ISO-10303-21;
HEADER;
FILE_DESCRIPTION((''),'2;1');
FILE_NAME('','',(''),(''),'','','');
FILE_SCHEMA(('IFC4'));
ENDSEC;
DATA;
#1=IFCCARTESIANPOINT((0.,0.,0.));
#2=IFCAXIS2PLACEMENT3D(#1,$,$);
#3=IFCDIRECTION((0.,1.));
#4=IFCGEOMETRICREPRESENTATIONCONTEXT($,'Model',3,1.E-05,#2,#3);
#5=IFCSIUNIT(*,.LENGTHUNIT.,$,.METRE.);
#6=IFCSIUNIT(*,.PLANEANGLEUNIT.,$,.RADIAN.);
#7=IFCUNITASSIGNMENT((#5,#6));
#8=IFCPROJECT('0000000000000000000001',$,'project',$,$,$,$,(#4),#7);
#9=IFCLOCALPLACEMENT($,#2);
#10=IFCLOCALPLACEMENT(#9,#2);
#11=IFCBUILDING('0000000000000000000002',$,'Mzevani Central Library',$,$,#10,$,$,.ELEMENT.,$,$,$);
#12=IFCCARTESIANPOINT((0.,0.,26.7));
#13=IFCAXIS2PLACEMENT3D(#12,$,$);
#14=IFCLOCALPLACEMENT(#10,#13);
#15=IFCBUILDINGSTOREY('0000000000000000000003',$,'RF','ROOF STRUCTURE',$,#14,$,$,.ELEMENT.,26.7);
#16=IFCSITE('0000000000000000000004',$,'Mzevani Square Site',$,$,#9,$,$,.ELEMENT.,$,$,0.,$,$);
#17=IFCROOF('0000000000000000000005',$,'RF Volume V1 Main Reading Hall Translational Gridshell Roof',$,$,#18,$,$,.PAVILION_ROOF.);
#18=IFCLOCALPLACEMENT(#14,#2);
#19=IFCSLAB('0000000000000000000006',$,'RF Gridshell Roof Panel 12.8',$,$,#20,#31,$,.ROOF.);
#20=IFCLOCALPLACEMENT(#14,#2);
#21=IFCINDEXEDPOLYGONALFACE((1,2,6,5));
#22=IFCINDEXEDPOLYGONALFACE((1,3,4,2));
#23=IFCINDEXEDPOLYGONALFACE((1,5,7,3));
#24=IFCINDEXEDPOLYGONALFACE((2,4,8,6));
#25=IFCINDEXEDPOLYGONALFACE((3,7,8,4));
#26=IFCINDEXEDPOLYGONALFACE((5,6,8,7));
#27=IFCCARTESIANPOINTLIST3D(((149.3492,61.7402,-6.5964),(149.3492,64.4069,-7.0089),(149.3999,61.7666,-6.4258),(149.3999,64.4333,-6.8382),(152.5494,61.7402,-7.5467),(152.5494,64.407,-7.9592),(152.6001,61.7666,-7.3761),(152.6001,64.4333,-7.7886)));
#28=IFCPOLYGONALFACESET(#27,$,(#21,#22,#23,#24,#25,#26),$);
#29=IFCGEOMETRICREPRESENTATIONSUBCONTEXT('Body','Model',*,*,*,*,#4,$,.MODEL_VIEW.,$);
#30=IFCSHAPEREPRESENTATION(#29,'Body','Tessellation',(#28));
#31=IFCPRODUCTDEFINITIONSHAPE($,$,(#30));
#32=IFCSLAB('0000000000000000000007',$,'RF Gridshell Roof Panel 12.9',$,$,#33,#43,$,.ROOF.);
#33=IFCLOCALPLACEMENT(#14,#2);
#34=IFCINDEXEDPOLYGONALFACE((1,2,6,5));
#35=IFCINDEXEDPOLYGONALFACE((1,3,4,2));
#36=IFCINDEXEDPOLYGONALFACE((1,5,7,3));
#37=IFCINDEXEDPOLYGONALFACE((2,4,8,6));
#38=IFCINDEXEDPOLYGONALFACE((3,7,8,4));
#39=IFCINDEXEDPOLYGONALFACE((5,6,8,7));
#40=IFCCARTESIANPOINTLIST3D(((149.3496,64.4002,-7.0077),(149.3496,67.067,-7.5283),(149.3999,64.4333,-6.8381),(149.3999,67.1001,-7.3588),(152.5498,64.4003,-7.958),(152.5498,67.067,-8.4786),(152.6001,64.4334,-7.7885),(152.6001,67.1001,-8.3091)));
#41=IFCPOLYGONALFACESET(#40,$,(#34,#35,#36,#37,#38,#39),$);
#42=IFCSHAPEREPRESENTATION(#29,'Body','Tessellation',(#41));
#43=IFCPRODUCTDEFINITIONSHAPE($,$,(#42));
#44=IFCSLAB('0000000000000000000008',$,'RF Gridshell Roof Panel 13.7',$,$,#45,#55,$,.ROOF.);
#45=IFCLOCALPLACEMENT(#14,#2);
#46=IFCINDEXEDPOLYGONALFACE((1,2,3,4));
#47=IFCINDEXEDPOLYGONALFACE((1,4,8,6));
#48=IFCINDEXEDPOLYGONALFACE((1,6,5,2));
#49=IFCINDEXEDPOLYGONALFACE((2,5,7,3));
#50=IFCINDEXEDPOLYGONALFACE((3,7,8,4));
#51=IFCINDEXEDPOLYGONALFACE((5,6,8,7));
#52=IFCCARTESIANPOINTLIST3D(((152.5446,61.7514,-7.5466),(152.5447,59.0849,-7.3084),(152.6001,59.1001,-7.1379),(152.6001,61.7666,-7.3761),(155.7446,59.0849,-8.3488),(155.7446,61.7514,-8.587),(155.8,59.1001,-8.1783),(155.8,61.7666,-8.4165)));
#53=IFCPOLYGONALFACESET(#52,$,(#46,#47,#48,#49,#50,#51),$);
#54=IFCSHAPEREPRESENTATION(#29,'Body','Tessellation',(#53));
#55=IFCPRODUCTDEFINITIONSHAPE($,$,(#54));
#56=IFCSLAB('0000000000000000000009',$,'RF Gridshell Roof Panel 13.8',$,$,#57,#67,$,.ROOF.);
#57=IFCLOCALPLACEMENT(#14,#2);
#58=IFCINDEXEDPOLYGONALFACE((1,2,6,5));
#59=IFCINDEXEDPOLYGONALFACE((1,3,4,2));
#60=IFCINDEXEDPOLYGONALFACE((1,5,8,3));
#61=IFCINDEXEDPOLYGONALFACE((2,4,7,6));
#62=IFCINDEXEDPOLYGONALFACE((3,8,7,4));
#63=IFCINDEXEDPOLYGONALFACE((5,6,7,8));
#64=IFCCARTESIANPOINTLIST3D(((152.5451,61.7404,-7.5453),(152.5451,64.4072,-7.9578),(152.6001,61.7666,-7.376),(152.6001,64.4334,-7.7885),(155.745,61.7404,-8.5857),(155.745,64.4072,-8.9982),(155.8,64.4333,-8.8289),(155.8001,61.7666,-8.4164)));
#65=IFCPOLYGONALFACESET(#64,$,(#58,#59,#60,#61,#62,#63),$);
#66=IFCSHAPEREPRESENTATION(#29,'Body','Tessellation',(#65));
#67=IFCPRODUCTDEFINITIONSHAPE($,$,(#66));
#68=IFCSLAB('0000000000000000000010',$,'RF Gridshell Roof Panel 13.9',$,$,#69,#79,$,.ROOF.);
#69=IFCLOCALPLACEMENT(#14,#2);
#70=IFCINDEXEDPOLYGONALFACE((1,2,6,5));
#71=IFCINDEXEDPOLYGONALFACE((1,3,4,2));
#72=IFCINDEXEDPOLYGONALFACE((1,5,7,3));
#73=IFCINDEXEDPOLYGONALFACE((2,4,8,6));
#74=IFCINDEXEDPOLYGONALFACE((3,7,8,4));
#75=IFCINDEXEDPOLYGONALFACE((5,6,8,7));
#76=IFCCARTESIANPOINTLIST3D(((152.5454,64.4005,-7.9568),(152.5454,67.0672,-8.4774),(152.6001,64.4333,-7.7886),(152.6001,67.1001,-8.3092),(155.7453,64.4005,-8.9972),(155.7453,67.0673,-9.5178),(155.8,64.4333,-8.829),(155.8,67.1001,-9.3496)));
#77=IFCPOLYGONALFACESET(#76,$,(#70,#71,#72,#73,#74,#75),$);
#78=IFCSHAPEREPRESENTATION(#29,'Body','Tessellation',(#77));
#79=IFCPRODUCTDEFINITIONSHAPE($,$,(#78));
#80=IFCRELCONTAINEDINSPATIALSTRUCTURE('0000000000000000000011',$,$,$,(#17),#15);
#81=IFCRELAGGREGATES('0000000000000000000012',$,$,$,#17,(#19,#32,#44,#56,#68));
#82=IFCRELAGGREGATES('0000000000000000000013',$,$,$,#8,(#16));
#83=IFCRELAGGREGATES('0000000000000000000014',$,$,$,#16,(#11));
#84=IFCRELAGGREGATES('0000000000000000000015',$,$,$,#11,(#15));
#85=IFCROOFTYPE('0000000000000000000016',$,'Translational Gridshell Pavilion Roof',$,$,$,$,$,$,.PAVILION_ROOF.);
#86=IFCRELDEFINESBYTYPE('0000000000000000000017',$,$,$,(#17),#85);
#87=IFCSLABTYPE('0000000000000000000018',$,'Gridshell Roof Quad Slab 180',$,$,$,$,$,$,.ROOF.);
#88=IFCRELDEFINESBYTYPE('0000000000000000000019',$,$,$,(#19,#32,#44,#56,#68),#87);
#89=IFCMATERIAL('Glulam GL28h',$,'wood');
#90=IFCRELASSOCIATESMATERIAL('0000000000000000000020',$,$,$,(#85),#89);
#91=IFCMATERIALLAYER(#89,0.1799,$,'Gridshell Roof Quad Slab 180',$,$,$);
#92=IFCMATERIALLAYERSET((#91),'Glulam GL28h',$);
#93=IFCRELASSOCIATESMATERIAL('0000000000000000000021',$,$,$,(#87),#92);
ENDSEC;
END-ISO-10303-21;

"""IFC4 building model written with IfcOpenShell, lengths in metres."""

from ifc_helpers import new_model, si_unit, direction, frame, origin, place, context, subcontext, project, spatial, polyline, outline, extrude, material, layer, layer_set, type_object, element, aggregate, save


model = new_model("IFC4")

# Units and contexts
model_context = context("Model", 3, precision=1e-05, world=origin(), true_north=direction((0.0, 1.0)))
body_context = subcontext(model_context, "Body", "Model", "MODEL_VIEW")
ifc_project = project(units=[si_unit("LENGTHUNIT", "METRE"), si_unit("PLANEANGLEUNIT", "RADIAN")], contexts=[model_context])

# Site, building, storey
site_placement = place(None, origin())
site = spatial("IfcSite", under=ifc_project, at=site_placement, Name="Mzevani Square Site", CompositionType="ELEMENT", RefElevation=0.0)
building_placement = place(site_placement, origin())
building = spatial("IfcBuilding", under=site, at=building_placement, Name="Mzevani Central Library", CompositionType="ELEMENT")
storey_placement = place(building_placement, frame((0.0, 0.0, 26.7)))
storey = spatial("IfcBuildingStorey", under=building, at=storey_placement, Name="RF", Description="ROOF STRUCTURE", CompositionType="ELEMENT", Elevation=26.7)

# Shared definitions
ifc_material_1 = material(Name="Glulam GL28h", Category="wood")

# Roof, slabs
roof_type = type_object("IfcRoofType", Name="Translational Gridshell Pavilion Roof", PredefinedType="PAVILION_ROOF", material=ifc_material_1)
roof_placement = place(storey_placement, origin())
roof = element("IfcRoof", 1, at=roof_placement, inside=storey, type_object=roof_type, Name="RF Volume V1 Main Reading Hall Translational Gridshell Roof", PredefinedType="PAVILION_ROOF")
ifc_layer_1 = layer(ifc_material_1, 0.1799, Name="Gridshell Roof Quad Slab 180")
ifc_layer_set_1 = layer_set([ifc_layer_1], Name="Glulam GL28h")
slab_type = type_object("IfcSlabType", Name="Gridshell Roof Quad Slab 180", PredefinedType="ROOF", material=ifc_layer_set_1)
slab_1_placement = place(storey_placement, frame((149.3999, 61.7666, -6.4258), z_axis=(0.281591, 0.146671, 0.948259), x_axis=(0.958626, -0.000005, -0.284669)))
slab_1 = element("IfcSlab", 2, at=slab_1_placement, type_object=slab_type, Name="RF Gridshell Roof Panel 12.8", PredefinedType="ROOF", context=body_context, shape_type="SweptSolid", body=[
    extrude(outline(polyline([(0.0, 0.0), (3.3383, 0.0), (3.4557, 2.6959), (0.1174, 2.6959), (0.0, 0.0)])), origin(), (0.0, 0.0, -1.0), 0.1799),
])
slab_2_placement = place(storey_placement, frame((149.3999, 64.4333, -6.8381), z_axis=(0.279812, 0.183959, 0.942266), x_axis=(0.958625, 0.000006, -0.284671)))
slab_2 = element("IfcSlab", 3, at=slab_2_placement, type_object=slab_type, Name="RF Gridshell Roof Panel 12.9", PredefinedType="ROOF", context=body_context, shape_type="SweptSolid", body=[
    extrude(outline(polyline([(0.0, 0.0), (3.3384, 0.0), (3.4865, 2.713), (0.1483, 2.7131), (0.0, 0.0)])), origin(), (0.0, 0.0, -1.0), 0.1799),
])
slab_3_placement = place(storey_placement, frame((152.6001, 59.1001, -7.1379), z_axis=(0.30809, 0.084634, 0.947585), x_axis=(0.950997, -0.000003, -0.309199)))
slab_3 = element("IfcSlab", 4, at=slab_3_placement, type_object=slab_type, Name="RF Gridshell Roof Panel 13.7", PredefinedType="ROOF", context=body_context, shape_type="SweptSolid", body=[
    extrude(outline(polyline([(0.0, 0.0), (3.3648, 0.0), (3.4385, 2.6761), (0.0736, 2.6761), (0.0, 0.0)])), origin(), (0.0, 0.0, -1.0), 0.1799),
])
slab_4_placement = place(storey_placement, frame((152.6001, 61.7666, -7.376), z_axis=(0.305908, 0.145528, 0.940873), x_axis=(0.950997, 0.000005, -0.3092)))
slab_4 = element("IfcSlab", 5, at=slab_4_placement, type_object=slab_type, Name="RF Gridshell Roof Panel 13.8", PredefinedType="ROOF", context=body_context, shape_type="SweptSolid", body=[
    extrude(outline(polyline([(0.0, 0.0), (3.3649, 0.0), (3.4924, 2.6954), (0.1276, 2.6955), (0.0, 0.0)])), origin(), (0.0, 0.0, -1.0), 0.1799),
])
slab_5_placement = place(storey_placement, frame((152.6001, 64.4333, -7.7886), z_axis=(0.304004, 0.182544, 0.935018), x_axis=(0.950998, -0.000006, -0.309198)))
slab_5 = element("IfcSlab", 6, at=slab_5_placement, type_object=slab_type, Name="RF Gridshell Roof Panel 13.9", PredefinedType="ROOF", context=body_context, shape_type="SweptSolid", body=[
    extrude(outline(polyline([(0.0, 0.0), (3.3648, 0.0), (3.5258, 2.7123), (0.1609, 2.7123), (0.0, 0.0)])), origin(), (0.0, 0.0, -1.0), 0.1799),
])
aggregate(roof, [slab_1, slab_2, slab_3, slab_4, slab_5])

save(model, "model.ifc")
